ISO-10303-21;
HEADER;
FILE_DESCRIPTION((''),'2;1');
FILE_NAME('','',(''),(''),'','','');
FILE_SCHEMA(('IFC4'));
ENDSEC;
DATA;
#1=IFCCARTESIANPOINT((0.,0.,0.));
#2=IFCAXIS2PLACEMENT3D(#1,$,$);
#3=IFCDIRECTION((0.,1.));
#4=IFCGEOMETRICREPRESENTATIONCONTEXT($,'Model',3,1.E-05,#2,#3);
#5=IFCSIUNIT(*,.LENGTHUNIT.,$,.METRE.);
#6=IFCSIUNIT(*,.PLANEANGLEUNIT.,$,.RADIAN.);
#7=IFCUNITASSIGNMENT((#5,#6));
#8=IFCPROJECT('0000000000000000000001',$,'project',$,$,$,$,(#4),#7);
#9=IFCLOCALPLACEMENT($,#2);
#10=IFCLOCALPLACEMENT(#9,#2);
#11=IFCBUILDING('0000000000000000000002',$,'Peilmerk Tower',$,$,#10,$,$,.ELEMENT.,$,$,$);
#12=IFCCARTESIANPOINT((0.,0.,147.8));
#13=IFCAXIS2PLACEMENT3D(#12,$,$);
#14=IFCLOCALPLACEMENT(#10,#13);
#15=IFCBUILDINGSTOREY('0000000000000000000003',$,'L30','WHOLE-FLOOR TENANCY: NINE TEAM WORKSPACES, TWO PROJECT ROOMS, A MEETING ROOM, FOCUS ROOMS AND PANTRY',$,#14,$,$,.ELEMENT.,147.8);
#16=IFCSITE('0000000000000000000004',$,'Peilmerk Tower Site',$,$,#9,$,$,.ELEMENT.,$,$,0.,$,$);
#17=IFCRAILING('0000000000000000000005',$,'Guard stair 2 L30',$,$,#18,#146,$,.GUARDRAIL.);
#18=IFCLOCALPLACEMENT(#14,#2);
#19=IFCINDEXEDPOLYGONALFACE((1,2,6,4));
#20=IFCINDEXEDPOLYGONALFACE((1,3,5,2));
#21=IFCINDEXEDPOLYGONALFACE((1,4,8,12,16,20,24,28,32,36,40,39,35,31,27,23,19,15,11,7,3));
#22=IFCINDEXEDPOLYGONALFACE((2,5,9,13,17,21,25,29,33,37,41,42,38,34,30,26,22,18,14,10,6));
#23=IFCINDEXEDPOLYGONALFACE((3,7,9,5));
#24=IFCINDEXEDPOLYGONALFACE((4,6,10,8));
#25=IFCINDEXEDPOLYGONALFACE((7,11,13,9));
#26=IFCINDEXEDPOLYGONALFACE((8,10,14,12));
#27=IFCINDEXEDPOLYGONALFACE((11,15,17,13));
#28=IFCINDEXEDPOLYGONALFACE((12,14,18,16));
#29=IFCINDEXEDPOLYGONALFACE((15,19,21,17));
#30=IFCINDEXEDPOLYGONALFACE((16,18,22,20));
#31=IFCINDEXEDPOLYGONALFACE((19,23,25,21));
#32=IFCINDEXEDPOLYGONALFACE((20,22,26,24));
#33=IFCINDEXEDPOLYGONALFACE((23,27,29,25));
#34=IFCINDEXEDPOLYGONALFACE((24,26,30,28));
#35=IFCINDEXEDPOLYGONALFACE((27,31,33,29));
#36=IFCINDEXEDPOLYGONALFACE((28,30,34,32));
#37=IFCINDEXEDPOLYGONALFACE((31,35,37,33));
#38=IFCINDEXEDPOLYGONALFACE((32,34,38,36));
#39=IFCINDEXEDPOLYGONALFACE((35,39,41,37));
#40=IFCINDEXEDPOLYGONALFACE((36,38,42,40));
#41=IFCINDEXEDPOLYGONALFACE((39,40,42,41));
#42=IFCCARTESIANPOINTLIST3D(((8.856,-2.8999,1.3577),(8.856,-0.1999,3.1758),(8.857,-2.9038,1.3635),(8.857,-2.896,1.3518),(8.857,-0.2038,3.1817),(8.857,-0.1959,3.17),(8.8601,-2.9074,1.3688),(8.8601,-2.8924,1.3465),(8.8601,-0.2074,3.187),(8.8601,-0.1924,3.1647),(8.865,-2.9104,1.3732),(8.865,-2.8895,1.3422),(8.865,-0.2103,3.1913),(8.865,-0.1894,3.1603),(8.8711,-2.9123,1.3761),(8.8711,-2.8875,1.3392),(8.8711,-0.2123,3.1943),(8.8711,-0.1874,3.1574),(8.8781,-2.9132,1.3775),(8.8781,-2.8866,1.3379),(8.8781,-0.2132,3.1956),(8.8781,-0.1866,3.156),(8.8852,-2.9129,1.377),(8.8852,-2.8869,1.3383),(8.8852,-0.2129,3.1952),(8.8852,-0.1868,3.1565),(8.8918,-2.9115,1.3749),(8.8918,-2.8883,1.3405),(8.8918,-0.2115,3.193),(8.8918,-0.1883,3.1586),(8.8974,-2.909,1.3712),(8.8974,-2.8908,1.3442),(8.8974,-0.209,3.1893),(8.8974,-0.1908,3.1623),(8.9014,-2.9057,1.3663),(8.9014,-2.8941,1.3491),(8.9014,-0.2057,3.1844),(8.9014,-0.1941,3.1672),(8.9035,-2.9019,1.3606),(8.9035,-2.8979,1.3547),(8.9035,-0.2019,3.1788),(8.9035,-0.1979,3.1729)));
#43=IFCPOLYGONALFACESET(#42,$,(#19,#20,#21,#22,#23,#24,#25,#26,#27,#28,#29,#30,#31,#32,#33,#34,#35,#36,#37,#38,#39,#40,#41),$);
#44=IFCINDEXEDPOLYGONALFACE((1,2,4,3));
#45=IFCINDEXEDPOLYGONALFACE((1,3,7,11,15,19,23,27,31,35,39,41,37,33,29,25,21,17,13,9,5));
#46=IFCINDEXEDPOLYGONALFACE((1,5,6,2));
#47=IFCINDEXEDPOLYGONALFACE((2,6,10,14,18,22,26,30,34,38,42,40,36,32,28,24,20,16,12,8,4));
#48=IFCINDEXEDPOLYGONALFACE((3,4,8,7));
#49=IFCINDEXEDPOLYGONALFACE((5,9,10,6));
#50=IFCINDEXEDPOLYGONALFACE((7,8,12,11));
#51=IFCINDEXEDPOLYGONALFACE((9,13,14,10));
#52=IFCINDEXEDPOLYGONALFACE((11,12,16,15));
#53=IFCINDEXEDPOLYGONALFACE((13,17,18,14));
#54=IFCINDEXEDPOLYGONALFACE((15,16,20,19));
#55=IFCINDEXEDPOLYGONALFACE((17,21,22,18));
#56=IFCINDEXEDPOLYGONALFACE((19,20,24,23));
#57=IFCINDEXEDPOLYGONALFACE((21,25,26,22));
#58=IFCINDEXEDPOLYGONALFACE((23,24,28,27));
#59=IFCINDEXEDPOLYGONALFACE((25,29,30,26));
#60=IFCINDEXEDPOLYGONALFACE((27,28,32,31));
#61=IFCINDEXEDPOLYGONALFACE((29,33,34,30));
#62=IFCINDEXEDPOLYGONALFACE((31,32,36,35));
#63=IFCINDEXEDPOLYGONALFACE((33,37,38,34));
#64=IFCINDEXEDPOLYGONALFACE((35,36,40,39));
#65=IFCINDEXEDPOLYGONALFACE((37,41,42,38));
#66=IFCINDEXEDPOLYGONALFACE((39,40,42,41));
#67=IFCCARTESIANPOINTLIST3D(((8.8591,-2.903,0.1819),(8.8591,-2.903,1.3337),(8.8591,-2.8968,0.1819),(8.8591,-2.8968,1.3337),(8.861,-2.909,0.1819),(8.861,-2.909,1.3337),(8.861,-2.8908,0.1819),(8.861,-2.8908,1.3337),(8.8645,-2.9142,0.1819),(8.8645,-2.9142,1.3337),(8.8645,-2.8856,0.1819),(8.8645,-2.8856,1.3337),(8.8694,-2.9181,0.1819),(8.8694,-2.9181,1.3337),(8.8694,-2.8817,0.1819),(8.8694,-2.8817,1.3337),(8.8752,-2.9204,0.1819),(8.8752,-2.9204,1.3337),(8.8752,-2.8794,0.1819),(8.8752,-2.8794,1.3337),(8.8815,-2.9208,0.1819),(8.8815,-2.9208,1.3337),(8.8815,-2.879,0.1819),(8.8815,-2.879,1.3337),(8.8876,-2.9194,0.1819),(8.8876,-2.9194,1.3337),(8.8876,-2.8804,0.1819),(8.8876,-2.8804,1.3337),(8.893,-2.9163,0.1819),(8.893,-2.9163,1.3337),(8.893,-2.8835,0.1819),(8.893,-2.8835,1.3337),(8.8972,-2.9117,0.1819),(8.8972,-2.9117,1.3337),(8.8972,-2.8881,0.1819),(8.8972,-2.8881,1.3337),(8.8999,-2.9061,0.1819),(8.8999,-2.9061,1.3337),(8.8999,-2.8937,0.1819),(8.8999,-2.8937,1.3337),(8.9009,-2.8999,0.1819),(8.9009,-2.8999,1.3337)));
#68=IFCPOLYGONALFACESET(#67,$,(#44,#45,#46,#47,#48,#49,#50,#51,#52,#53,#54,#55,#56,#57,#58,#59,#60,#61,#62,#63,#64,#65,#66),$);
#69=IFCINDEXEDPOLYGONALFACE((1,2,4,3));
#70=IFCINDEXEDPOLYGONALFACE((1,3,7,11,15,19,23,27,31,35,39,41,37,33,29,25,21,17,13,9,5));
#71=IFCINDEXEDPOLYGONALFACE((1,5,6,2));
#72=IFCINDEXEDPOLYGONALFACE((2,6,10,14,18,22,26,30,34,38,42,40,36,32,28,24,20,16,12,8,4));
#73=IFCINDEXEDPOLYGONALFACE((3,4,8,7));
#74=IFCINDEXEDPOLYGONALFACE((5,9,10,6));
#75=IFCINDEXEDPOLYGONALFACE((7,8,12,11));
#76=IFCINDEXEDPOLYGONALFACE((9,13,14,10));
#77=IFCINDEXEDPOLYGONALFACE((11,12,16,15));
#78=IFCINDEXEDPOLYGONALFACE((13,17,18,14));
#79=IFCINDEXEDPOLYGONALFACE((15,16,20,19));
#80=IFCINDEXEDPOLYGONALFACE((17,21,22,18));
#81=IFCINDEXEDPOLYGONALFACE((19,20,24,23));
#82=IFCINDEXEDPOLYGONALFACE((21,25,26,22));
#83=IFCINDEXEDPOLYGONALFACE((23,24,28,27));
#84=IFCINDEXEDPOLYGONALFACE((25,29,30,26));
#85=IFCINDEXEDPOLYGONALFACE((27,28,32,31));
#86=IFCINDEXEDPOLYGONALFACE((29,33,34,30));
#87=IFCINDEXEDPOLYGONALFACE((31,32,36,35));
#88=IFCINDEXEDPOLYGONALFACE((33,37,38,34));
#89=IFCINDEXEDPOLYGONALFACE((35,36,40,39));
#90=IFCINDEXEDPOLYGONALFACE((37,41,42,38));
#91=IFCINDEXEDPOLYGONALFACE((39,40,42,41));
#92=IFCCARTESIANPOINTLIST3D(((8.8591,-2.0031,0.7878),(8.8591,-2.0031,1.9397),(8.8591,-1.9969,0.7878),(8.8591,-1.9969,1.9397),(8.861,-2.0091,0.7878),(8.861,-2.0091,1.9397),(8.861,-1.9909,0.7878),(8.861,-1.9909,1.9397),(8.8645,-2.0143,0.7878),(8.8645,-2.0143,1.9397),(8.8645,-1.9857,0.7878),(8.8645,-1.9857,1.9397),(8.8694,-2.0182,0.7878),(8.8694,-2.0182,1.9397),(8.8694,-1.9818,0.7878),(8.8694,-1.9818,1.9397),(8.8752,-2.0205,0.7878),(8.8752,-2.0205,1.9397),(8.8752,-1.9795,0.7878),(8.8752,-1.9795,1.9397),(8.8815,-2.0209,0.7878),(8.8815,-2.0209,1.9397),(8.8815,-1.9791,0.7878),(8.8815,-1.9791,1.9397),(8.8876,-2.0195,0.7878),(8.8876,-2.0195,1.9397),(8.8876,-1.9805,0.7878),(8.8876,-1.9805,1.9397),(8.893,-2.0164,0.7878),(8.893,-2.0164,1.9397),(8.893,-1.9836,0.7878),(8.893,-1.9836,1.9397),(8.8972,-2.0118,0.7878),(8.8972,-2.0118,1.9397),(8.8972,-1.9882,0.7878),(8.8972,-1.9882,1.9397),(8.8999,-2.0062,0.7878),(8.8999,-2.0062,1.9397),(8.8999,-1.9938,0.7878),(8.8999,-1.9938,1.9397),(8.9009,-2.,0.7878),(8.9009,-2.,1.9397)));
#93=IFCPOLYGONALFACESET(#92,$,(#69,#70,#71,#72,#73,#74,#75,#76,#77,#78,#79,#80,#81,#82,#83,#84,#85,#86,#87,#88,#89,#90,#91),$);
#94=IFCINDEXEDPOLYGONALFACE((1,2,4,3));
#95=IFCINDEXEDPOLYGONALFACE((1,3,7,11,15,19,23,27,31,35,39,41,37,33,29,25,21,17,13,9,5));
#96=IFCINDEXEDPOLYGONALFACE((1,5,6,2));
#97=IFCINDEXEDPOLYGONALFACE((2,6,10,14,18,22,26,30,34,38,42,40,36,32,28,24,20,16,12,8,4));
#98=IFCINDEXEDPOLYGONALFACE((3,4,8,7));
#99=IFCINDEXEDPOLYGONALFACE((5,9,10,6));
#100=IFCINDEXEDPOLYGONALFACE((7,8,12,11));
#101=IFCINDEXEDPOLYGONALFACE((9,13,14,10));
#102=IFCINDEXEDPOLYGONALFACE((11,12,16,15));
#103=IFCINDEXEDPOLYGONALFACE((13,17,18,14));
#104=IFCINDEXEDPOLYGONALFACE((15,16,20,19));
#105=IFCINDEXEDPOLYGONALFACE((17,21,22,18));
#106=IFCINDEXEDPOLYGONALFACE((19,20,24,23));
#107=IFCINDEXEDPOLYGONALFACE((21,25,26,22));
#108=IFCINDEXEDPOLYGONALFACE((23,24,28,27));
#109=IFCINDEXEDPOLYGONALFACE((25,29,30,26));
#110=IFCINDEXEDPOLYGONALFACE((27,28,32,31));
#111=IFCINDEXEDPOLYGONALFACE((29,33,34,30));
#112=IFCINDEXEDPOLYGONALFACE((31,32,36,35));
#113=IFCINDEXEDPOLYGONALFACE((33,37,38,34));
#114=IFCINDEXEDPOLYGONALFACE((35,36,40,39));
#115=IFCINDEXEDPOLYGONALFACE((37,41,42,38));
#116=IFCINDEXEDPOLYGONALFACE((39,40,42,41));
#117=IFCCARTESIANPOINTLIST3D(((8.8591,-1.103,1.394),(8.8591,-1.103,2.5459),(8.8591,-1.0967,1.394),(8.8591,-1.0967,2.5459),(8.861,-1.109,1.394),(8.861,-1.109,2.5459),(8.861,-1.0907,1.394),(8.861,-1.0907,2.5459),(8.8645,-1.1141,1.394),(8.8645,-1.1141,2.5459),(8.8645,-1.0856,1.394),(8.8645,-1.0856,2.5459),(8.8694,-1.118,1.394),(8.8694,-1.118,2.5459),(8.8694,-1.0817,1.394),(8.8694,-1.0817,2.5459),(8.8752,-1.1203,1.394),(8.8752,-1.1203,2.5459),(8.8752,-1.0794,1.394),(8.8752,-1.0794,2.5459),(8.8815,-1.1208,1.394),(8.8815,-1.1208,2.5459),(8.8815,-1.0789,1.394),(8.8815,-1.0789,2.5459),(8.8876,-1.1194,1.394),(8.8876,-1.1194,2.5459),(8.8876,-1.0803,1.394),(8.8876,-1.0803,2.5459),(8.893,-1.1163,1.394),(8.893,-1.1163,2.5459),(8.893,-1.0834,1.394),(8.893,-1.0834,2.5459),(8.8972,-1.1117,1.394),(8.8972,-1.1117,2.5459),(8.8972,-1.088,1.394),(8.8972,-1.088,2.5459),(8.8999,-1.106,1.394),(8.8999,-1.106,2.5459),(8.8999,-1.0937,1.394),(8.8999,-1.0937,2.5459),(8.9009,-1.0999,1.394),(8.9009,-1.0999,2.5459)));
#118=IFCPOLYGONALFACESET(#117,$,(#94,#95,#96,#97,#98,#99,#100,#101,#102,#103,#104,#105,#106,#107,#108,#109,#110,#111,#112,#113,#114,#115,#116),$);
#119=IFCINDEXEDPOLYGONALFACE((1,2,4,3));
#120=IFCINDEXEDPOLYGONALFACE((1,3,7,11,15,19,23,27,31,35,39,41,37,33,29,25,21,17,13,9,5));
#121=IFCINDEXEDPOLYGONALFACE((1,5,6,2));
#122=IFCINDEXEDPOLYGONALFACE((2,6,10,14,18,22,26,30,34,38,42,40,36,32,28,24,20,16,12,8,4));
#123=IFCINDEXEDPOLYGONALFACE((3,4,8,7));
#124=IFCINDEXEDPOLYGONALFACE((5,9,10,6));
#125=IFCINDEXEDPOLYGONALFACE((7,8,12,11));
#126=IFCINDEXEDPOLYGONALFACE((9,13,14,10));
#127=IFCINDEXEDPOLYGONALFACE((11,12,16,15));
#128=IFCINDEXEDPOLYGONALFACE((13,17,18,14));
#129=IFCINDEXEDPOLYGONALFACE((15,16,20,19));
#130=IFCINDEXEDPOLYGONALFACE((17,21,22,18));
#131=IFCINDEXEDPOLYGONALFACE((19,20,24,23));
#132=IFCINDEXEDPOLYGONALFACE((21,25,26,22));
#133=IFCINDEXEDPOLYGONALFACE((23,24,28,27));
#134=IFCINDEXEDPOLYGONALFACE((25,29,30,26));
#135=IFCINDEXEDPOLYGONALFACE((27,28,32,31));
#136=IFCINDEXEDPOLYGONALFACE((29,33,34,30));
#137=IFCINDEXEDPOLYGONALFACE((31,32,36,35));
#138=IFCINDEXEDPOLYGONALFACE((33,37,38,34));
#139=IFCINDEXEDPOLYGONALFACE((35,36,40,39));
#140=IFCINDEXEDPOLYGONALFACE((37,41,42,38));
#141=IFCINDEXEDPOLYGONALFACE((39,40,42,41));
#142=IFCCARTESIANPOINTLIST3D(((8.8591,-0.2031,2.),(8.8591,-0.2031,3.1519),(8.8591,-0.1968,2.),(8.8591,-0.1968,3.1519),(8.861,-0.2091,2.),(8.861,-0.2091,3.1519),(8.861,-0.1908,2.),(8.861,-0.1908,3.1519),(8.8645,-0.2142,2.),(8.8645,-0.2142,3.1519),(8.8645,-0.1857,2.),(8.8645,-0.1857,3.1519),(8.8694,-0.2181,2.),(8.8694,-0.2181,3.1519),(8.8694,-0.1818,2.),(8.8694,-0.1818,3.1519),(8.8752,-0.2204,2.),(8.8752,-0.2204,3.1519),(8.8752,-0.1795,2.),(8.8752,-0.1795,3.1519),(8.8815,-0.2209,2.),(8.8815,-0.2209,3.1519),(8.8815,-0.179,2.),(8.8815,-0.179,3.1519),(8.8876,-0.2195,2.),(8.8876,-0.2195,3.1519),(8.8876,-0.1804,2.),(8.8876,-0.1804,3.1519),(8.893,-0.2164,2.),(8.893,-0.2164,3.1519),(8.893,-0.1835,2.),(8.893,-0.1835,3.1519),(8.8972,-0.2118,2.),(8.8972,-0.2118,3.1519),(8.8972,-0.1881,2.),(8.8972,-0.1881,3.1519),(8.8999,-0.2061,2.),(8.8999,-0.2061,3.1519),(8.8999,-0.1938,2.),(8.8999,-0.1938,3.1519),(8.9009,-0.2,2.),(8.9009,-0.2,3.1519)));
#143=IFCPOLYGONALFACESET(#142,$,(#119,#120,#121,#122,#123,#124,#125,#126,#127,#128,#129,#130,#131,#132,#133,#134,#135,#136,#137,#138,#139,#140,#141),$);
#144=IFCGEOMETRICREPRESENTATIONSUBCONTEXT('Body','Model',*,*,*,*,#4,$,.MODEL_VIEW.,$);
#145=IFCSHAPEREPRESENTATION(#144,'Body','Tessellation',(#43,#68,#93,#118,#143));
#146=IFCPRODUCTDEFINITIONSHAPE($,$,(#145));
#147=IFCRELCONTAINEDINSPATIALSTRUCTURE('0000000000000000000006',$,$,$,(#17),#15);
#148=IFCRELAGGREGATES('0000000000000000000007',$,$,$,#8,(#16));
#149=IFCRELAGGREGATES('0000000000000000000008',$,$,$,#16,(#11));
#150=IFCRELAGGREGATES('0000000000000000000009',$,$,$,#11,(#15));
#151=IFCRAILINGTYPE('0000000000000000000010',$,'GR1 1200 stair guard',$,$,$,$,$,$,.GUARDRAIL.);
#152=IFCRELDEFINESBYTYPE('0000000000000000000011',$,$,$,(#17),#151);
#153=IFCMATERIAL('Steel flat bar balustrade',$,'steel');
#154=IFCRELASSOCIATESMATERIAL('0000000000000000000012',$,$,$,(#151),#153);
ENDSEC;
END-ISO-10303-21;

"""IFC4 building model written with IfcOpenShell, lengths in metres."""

from ifc_helpers import new_model, si_unit, direction, frame, origin, origin_2d, place, context, subcontext, project, spatial, circle, extrude, material, type_object, element, save


model = new_model("IFC4")

# Units and contexts
model_context = context("Model", 3, precision=1e-05, world=origin(), true_north=direction((0.0, 1.0)))
body_context = subcontext(model_context, "Body", "Model", "MODEL_VIEW")
ifc_project = project(units=[si_unit("LENGTHUNIT", "METRE"), si_unit("PLANEANGLEUNIT", "RADIAN")], contexts=[model_context])

# Site, building, storey
site_placement = place(None, origin())
site = spatial("IfcSite", under=ifc_project, at=site_placement, Name="Peilmerk Tower Site", CompositionType="ELEMENT", RefElevation=0.0)
building_placement = place(site_placement, origin())
building = spatial("IfcBuilding", under=site, at=building_placement, Name="Peilmerk Tower", CompositionType="ELEMENT")
storey_placement = place(building_placement, frame((0.0, 0.0, 147.8)))
storey = spatial("IfcBuildingStorey", under=building, at=storey_placement, Name="L30", Description="WHOLE-FLOOR TENANCY: NINE TEAM WORKSPACES, TWO PROJECT ROOMS, A MEETING ROOM, FOCUS ROOMS AND PANTRY", CompositionType="ELEMENT", Elevation=147.8)

# Railing
ifc_material_1 = material(Name="Steel flat bar balustrade", Category="steel")
railing_type_1 = type_object("IfcRailingType", Name="GR1 1200 stair guard", PredefinedType="GUARDRAIL", material=ifc_material_1)
railing_1_placement = place(storey_placement, frame((8.8799, -2.8999, 0.1819)))
element("IfcRailing", 1, at=railing_1_placement, inside=storey, type_object=railing_type_1, Name="Guard stair 2 L30", PredefinedType="GUARDRAIL", context=body_context, shape_type="SweptSolid", body=[
    extrude(circle(Radius=0.0239, at=origin_2d()), frame((0.0, 0.0, 1.1758), z_axis=(0.0, 0.829468, 0.558554), x_axis=(-1.0, 0.0, 0.0)), (0.0, 0.0, 1.0), 3.2551),
    extrude(circle(Radius=0.021, at=origin_2d()), origin(), (0.0, 0.0, 1.0), 1.1519),
    extrude(circle(Radius=0.021, at=origin_2d()), frame((0.0, 0.8999, 0.606)), (0.0, 0.0, 1.0), 1.1519),
    extrude(circle(Radius=0.021, at=origin_2d()), frame((0.0, 1.8, 1.2122)), (0.0, 0.0, 1.0), 1.1519),
    extrude(circle(Radius=0.021, at=origin_2d()), frame((0.0, 2.7, 1.8181)), (0.0, 0.0, 1.0), 1.1519),
])

save(model, "model.ifc")
